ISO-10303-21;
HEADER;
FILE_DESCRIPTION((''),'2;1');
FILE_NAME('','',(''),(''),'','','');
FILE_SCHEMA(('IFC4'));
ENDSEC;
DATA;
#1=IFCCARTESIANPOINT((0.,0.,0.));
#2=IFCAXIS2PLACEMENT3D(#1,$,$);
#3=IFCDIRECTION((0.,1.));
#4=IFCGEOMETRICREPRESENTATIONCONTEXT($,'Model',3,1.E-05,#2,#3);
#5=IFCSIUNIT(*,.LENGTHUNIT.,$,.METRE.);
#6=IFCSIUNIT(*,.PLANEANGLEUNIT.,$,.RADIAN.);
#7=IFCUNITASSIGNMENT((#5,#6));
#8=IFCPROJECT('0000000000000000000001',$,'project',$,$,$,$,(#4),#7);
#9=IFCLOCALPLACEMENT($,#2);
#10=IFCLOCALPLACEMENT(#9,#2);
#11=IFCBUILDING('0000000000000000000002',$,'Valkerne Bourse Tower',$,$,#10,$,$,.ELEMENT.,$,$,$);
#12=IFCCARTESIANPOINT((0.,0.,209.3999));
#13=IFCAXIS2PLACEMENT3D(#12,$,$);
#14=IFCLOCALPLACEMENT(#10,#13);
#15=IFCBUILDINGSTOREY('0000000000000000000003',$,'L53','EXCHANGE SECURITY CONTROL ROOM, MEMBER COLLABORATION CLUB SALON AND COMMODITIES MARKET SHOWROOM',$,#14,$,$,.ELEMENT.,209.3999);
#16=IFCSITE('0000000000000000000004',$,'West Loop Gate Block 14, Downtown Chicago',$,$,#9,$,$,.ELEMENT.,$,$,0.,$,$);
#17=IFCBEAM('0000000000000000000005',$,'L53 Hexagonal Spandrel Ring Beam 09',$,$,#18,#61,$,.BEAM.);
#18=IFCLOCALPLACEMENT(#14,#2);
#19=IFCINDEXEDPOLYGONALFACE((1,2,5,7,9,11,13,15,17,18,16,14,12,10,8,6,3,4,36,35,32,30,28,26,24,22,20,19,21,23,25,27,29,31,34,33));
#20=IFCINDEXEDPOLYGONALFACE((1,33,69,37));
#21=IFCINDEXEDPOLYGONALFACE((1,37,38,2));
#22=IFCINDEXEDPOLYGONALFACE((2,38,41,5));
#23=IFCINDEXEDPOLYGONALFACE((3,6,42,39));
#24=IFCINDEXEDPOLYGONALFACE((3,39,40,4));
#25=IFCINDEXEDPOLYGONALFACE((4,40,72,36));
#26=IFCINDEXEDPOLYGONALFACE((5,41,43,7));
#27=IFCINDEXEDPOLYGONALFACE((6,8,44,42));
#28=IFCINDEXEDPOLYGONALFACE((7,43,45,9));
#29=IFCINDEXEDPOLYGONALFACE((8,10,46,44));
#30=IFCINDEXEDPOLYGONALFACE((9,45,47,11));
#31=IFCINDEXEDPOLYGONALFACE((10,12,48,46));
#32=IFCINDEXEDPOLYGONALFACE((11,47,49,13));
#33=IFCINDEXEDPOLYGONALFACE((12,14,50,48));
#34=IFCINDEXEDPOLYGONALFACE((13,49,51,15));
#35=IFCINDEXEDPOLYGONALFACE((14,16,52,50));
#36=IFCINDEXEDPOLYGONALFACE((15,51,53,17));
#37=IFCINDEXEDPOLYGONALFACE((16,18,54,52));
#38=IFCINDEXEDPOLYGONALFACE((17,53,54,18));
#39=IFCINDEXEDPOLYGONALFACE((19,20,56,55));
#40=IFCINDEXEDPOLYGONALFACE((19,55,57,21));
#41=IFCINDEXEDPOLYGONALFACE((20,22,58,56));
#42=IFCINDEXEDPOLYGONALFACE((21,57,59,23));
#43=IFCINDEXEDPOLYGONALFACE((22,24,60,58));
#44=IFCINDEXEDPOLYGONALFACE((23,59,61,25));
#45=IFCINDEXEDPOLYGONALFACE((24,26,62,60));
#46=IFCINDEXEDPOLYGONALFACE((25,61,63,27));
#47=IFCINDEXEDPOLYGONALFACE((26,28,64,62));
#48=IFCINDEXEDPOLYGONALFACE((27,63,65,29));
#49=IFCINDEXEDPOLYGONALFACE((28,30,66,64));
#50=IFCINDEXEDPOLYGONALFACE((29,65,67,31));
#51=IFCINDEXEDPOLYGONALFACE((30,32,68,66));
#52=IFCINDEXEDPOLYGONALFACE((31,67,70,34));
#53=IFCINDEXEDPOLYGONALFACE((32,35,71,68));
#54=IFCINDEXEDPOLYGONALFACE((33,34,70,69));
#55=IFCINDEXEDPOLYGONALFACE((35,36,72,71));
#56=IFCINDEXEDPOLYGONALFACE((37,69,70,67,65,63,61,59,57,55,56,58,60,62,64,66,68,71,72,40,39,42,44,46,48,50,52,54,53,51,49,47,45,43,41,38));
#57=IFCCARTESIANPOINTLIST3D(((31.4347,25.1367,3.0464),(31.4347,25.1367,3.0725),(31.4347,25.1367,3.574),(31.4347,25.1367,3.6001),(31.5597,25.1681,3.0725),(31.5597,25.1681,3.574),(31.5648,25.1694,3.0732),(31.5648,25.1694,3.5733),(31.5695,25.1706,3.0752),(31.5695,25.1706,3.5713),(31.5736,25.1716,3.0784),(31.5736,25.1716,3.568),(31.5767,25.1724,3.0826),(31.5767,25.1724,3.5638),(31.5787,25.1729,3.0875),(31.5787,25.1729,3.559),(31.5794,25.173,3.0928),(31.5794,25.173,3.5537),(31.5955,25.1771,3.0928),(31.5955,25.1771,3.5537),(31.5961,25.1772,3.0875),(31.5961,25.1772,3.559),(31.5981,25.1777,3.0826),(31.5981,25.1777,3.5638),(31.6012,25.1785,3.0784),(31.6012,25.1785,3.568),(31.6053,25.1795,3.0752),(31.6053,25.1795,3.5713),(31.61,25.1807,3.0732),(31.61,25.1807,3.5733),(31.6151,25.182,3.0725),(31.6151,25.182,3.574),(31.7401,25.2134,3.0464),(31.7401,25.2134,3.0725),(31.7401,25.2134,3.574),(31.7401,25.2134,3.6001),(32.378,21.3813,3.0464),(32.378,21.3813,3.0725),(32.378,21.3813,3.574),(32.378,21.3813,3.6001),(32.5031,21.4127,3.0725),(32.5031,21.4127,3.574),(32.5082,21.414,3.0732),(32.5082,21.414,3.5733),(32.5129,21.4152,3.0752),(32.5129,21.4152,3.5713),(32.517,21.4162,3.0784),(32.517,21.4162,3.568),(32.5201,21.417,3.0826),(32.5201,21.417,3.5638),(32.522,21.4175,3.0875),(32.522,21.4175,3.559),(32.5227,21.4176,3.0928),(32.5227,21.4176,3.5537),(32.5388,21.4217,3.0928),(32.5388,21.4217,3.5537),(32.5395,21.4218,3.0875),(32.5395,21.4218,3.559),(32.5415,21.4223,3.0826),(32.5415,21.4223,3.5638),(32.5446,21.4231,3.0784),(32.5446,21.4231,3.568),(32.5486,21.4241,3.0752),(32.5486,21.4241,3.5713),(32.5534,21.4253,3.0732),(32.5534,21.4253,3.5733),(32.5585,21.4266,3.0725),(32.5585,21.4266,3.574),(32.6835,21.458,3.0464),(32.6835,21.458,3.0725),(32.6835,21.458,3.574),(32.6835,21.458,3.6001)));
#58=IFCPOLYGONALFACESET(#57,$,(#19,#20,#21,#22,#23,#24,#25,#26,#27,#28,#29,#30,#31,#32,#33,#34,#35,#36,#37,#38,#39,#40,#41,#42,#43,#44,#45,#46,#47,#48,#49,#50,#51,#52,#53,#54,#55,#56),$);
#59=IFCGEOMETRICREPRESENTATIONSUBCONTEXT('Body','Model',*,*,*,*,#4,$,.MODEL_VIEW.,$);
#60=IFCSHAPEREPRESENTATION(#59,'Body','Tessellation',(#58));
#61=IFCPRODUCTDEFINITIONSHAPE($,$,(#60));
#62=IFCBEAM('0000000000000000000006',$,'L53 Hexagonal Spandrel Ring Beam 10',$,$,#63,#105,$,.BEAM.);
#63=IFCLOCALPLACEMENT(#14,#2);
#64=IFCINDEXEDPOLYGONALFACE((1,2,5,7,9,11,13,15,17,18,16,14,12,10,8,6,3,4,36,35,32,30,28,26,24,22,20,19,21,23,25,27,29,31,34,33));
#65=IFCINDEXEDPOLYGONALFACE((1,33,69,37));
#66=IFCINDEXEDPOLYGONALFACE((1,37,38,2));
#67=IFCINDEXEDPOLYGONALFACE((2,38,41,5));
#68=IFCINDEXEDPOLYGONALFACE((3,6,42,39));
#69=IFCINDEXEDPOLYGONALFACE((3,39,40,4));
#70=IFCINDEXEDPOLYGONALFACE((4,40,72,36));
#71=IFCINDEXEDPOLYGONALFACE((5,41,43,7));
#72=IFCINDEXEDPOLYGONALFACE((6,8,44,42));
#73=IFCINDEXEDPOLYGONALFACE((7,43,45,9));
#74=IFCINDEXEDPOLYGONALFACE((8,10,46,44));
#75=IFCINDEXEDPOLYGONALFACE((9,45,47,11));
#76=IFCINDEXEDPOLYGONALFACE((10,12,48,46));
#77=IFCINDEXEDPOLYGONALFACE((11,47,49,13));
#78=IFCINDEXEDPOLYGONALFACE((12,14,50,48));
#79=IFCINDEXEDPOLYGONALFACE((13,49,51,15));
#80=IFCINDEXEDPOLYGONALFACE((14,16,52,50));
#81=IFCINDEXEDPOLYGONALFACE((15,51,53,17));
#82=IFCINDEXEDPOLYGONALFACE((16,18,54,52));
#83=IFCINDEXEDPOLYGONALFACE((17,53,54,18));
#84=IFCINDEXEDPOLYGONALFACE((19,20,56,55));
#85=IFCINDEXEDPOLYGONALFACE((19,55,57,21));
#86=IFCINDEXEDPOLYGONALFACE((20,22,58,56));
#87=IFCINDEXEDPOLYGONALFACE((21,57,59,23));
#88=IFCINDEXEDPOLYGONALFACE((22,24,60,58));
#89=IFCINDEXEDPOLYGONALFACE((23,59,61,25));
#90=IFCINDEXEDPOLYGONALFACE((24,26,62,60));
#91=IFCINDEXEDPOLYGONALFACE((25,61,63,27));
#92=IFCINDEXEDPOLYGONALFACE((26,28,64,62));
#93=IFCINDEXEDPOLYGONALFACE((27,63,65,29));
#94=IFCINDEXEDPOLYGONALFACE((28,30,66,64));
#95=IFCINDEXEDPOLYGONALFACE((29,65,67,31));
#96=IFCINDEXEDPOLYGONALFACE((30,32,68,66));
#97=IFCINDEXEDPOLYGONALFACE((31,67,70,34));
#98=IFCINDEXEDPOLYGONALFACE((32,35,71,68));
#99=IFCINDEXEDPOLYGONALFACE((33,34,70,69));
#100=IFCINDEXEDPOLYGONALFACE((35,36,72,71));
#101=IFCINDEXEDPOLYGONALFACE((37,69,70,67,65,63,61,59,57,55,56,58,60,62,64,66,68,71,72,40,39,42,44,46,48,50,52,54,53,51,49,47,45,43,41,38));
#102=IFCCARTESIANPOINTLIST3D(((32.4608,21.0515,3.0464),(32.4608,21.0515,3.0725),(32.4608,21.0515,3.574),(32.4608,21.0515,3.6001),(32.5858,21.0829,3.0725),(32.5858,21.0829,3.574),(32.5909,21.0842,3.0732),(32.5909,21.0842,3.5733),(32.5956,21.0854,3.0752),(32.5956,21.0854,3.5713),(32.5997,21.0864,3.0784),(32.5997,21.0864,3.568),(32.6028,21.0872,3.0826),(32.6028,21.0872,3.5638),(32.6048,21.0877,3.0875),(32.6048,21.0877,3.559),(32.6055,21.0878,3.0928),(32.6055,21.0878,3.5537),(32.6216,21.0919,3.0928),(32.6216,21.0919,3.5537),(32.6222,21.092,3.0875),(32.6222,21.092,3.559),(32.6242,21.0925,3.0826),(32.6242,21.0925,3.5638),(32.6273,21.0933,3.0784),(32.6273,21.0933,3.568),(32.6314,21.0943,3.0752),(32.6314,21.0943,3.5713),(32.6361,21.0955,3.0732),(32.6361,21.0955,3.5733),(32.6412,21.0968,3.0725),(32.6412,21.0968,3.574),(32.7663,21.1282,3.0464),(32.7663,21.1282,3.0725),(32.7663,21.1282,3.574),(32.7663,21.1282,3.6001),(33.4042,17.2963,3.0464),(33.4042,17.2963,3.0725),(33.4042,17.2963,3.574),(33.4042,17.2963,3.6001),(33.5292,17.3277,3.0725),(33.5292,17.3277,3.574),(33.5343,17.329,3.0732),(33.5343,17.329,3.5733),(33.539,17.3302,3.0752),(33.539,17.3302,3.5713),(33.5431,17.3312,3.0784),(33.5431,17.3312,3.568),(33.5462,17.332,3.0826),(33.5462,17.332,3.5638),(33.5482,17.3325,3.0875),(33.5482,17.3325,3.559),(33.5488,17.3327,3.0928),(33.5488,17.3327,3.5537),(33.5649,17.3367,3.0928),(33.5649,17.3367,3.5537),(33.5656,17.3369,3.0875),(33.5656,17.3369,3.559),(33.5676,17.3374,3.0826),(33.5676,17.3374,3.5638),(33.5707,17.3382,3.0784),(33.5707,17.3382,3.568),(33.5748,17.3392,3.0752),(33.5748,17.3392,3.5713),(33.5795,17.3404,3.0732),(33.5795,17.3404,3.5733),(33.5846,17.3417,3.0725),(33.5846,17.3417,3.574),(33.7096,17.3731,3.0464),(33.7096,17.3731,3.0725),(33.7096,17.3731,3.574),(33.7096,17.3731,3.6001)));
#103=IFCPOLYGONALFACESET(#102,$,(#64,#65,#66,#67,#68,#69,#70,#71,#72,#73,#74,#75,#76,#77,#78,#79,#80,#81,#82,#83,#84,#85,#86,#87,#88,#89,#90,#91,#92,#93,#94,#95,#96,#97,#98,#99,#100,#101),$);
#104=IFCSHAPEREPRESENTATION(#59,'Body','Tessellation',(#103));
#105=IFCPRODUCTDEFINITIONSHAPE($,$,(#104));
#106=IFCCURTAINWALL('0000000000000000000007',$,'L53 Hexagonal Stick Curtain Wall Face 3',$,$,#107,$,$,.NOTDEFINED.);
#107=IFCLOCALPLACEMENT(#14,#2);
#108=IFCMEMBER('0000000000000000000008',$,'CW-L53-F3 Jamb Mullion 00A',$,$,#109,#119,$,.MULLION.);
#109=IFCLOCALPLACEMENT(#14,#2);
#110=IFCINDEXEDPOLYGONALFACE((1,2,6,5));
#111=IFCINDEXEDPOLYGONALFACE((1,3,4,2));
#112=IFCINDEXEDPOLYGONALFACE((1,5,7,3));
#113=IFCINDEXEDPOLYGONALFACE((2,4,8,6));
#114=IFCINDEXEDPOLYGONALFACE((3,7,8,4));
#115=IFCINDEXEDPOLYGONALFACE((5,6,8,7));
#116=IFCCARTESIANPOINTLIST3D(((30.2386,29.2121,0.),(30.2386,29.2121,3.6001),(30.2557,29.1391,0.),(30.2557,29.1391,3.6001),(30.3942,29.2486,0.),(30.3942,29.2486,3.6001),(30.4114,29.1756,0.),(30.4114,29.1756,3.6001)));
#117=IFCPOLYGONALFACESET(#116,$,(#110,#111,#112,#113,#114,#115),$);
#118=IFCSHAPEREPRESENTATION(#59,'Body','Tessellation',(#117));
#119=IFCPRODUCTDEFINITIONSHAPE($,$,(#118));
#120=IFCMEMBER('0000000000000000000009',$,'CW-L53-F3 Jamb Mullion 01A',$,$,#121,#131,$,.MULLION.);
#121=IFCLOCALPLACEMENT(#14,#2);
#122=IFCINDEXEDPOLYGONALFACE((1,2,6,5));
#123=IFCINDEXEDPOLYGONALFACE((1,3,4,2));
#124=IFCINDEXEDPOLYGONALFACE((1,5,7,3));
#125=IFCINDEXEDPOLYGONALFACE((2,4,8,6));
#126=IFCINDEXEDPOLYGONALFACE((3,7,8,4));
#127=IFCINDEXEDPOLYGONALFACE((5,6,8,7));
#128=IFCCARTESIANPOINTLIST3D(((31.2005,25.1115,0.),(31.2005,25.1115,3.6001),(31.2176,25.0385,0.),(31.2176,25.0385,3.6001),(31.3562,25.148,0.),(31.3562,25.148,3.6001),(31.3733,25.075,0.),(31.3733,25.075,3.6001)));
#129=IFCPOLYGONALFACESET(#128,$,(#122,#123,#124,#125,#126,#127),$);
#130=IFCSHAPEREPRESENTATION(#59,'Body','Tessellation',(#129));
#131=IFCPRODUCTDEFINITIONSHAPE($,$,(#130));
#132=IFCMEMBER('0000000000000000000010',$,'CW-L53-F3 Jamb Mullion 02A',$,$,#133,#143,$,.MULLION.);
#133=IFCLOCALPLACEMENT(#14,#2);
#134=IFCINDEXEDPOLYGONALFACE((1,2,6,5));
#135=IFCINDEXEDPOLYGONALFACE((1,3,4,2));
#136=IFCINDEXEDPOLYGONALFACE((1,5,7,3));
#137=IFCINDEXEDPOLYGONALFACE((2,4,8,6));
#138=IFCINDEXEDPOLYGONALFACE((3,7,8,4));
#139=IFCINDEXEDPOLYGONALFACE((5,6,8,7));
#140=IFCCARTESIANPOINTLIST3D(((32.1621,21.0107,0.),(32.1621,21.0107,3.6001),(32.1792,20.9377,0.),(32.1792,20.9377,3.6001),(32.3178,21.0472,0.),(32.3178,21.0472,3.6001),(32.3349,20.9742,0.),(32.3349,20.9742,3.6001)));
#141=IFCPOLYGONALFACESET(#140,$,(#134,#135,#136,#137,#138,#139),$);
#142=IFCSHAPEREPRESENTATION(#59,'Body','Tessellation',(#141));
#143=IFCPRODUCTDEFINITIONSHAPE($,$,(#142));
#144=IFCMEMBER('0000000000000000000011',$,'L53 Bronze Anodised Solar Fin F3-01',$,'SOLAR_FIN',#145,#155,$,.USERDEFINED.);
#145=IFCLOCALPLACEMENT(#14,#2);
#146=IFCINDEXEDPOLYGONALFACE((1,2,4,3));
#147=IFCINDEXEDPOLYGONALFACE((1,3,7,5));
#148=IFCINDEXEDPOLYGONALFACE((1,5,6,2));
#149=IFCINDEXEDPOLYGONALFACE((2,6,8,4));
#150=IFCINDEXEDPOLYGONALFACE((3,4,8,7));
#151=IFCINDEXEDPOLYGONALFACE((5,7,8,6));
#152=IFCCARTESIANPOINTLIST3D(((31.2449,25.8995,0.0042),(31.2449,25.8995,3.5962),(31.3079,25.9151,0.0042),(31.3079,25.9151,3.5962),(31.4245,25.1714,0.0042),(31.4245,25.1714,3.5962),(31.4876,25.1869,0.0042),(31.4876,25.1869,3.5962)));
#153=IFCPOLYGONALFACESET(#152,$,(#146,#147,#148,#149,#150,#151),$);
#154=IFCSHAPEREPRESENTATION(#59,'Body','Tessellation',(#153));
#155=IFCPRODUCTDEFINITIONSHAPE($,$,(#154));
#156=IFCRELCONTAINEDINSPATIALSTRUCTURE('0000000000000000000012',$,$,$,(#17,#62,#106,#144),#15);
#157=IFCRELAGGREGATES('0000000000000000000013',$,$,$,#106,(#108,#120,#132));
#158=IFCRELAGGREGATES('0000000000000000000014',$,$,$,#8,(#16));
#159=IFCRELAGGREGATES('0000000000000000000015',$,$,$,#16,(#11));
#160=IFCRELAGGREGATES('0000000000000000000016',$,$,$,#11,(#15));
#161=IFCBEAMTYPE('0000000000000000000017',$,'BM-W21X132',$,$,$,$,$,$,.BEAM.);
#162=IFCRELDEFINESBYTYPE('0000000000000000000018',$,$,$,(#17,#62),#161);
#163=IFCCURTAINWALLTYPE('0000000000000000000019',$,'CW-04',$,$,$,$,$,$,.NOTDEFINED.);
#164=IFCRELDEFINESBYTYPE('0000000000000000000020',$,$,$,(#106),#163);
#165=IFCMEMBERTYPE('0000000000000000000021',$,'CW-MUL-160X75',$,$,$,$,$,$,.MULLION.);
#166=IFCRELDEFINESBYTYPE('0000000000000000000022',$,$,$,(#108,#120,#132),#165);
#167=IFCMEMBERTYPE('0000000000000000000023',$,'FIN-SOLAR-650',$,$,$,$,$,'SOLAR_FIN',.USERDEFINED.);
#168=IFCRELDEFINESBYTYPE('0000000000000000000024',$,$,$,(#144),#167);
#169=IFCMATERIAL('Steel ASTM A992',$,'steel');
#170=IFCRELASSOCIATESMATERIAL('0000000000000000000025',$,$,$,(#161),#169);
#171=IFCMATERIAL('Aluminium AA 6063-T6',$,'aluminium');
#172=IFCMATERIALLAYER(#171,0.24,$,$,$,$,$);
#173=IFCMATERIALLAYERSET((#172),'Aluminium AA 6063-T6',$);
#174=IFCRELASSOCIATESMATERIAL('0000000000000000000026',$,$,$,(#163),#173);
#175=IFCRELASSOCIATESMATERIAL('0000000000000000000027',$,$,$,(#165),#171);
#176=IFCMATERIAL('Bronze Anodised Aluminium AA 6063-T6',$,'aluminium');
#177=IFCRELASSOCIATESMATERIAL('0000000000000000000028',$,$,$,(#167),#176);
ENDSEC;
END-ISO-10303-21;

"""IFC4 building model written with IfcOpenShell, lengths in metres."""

from ifc_helpers import new_model, si_unit, direction, frame, origin, origin_2d, place, context, subcontext, project, spatial, rectangle, i_section, extrude, material, layer, layer_set, material_profile, profile_set, type_object, element, aggregate, save


model = new_model("IFC4")

# Units and contexts
model_context = context("Model", 3, precision=1e-05, world=origin(), true_north=direction((0.0, 1.0)))
body_context = subcontext(model_context, "Body", "Model", "MODEL_VIEW")
ifc_project = project(units=[si_unit("LENGTHUNIT", "METRE"), si_unit("PLANEANGLEUNIT", "RADIAN")], contexts=[model_context])

# Site, building, storey
site_placement = place(None, origin())
site = spatial("IfcSite", under=ifc_project, at=site_placement, Name="West Loop Gate Block 14, Downtown Chicago", CompositionType="ELEMENT", RefElevation=0.0)
building_placement = place(site_placement, origin())
building = spatial("IfcBuilding", under=site, at=building_placement, Name="Valkerne Bourse Tower", CompositionType="ELEMENT")
storey_placement = place(building_placement, frame((0.0, 0.0, 209.3999)))
storey = spatial("IfcBuildingStorey", under=building, at=storey_placement, Name="L53", Description="EXCHANGE SECURITY CONTROL ROOM, MEMBER COLLABORATION CLUB SALON AND COMMODITIES MARKET SHOWROOM", CompositionType="ELEMENT", Elevation=209.3999)

# Beams
ifc_material_1 = material(Name="Steel ASTM A992", Category="steel")
ifc_material_profile_1 = material_profile(ifc_material_1, i_section(OverallWidth=0.3149, OverallDepth=0.5537, WebThickness=0.0166, FlangeThickness=0.0261, FilletRadius=0.0203, at=origin_2d()), Name="W21X132")
ifc_profile_set_1 = profile_set([ifc_material_profile_1], Name="Steel ASTM A992")
beam_type_1 = type_object("IfcBeamType", Name="BM-W21X132", PredefinedType="BEAM", material=ifc_profile_set_1)
beam_1_placement = place(storey_placement, frame((31.5874, 25.175, 3.3232), z_axis=(0.243633, -0.969867, 0.0), x_axis=(0.969867, 0.243633, 0.0)))
element("IfcBeam", 1, at=beam_1_placement, inside=storey, type_object=beam_type_1, Name="L53 Hexagonal Spandrel Ring Beam 09", PredefinedType="BEAM", context=body_context, shape_type="SweptSolid", body=[
    extrude(i_section(OverallWidth=0.3149, OverallDepth=0.5537, WebThickness=0.0166, FlangeThickness=0.0261, FilletRadius=0.0203, at=origin_2d()), origin(), (0.0, 0.0, 1.0), 3.8721),
])
beam_2_placement = place(storey_placement, frame((32.6135, 21.0898, 3.3232), z_axis=(0.243648, -0.969864, 0.0), x_axis=(0.969864, 0.243648, 0.0)))
element("IfcBeam", 2, at=beam_2_placement, inside=storey, type_object=beam_type_1, Name="L53 Hexagonal Spandrel Ring Beam 10", PredefinedType="BEAM", context=body_context, shape_type="SweptSolid", body=[
    extrude(i_section(OverallWidth=0.3149, OverallDepth=0.5537, WebThickness=0.0166, FlangeThickness=0.0261, FilletRadius=0.0203, at=origin_2d()), origin(), (0.0, 0.0, 1.0), 3.8718),
])

# Curtain wall, members
ifc_material_2 = material(Name="Aluminium AA 6063-T6", Category="aluminium")
ifc_layer_1 = layer(ifc_material_2, 0.24)
ifc_layer_set_1 = layer_set([ifc_layer_1], Name="Aluminium AA 6063-T6")
curtain_wall_type = type_object("IfcCurtainWallType", Name="CW-04", PredefinedType="NOTDEFINED", material=ifc_layer_set_1)
curtain_wall_placement = place(storey_placement, origin())
curtain_wall = element("IfcCurtainWall", 3, at=curtain_wall_placement, inside=storey, type_object=curtain_wall_type, Name="L53 Hexagonal Stick Curtain Wall Face 3", PredefinedType="NOTDEFINED")
ifc_material_profile_2 = material_profile(ifc_material_2, rectangle(XDim=0.075, YDim=0.1599, at=origin_2d()), Name="CWM-75X160")
ifc_profile_set_2 = profile_set([ifc_material_profile_2], Name="Aluminium AA 6063-T6")
member_type_1 = type_object("IfcMemberType", Name="CW-MUL-160X75", PredefinedType="MULLION", material=ifc_profile_set_2)
member_1_placement = place(storey_placement, frame((30.325, 29.1938, 0.0), z_axis=(0.0, 0.0, 1.0), x_axis=(0.228349, -0.973579, 0.0)))
member_1 = element("IfcMember", 4, at=member_1_placement, type_object=member_type_1, Name="CW-L53-F3 Jamb Mullion 00A", PredefinedType="MULLION", context=body_context, shape_type="SweptSolid", body=[
    extrude(rectangle(XDim=0.075, YDim=0.1599, at=origin_2d()), origin(), (0.0, 0.0, 1.0), 3.6001),
])
member_2_placement = place(storey_placement, frame((31.2869, 25.0933, 0.0), z_axis=(0.0, 0.0, 1.0), x_axis=(0.228349, -0.973579, 0.0)))
member_2 = element("IfcMember", 5, at=member_2_placement, type_object=member_type_1, Name="CW-L53-F3 Jamb Mullion 01A", PredefinedType="MULLION", context=body_context, shape_type="SweptSolid", body=[
    extrude(rectangle(XDim=0.075, YDim=0.1599, at=origin_2d()), origin(), (0.0, 0.0, 1.0), 3.6001),
])
member_3_placement = place(storey_placement, frame((32.2485, 20.9924, 0.0), z_axis=(0.0, 0.0, 1.0), x_axis=(0.228349, -0.973579, 0.0)))
member_3 = element("IfcMember", 6, at=member_3_placement, type_object=member_type_1, Name="CW-L53-F3 Jamb Mullion 02A", PredefinedType="MULLION", context=body_context, shape_type="SweptSolid", body=[
    extrude(rectangle(XDim=0.075, YDim=0.1599, at=origin_2d()), origin(), (0.0, 0.0, 1.0), 3.6001),
])

# Member
ifc_material_3 = material(Name="Bronze Anodised Aluminium AA 6063-T6", Category="aluminium")
ifc_material_profile_3 = material_profile(ifc_material_3, rectangle(XDim=0.0649, YDim=0.75, at=origin_2d()), Name="FIN-65X750")
ifc_profile_set_3 = profile_set([ifc_material_profile_3], Name="Bronze Anodised Aluminium AA 6063-T6")
member_type_2 = type_object("IfcMemberType", Name="FIN-SOLAR-650", ElementType="SOLAR_FIN", PredefinedType="USERDEFINED", material=ifc_profile_set_3)
member_4_placement = place(storey_placement, frame((31.3662, 25.5432, 0.0042), z_axis=(0.0, 0.0, 1.0), x_axis=(-0.970887, -0.239539, 0.0)))
element("IfcMember", 7, at=member_4_placement, inside=storey, type_object=member_type_2, Name="L53 Bronze Anodised Solar Fin F3-01", ObjectType="SOLAR_FIN", PredefinedType="USERDEFINED", context=body_context, shape_type="SweptSolid", body=[
    extrude(rectangle(XDim=0.0649, YDim=0.75, at=origin_2d()), origin(), (0.0, 0.0, 1.0), 3.592),
])

aggregate(curtain_wall, [member_1, member_2, member_3])

save(model, "model.ifc")
